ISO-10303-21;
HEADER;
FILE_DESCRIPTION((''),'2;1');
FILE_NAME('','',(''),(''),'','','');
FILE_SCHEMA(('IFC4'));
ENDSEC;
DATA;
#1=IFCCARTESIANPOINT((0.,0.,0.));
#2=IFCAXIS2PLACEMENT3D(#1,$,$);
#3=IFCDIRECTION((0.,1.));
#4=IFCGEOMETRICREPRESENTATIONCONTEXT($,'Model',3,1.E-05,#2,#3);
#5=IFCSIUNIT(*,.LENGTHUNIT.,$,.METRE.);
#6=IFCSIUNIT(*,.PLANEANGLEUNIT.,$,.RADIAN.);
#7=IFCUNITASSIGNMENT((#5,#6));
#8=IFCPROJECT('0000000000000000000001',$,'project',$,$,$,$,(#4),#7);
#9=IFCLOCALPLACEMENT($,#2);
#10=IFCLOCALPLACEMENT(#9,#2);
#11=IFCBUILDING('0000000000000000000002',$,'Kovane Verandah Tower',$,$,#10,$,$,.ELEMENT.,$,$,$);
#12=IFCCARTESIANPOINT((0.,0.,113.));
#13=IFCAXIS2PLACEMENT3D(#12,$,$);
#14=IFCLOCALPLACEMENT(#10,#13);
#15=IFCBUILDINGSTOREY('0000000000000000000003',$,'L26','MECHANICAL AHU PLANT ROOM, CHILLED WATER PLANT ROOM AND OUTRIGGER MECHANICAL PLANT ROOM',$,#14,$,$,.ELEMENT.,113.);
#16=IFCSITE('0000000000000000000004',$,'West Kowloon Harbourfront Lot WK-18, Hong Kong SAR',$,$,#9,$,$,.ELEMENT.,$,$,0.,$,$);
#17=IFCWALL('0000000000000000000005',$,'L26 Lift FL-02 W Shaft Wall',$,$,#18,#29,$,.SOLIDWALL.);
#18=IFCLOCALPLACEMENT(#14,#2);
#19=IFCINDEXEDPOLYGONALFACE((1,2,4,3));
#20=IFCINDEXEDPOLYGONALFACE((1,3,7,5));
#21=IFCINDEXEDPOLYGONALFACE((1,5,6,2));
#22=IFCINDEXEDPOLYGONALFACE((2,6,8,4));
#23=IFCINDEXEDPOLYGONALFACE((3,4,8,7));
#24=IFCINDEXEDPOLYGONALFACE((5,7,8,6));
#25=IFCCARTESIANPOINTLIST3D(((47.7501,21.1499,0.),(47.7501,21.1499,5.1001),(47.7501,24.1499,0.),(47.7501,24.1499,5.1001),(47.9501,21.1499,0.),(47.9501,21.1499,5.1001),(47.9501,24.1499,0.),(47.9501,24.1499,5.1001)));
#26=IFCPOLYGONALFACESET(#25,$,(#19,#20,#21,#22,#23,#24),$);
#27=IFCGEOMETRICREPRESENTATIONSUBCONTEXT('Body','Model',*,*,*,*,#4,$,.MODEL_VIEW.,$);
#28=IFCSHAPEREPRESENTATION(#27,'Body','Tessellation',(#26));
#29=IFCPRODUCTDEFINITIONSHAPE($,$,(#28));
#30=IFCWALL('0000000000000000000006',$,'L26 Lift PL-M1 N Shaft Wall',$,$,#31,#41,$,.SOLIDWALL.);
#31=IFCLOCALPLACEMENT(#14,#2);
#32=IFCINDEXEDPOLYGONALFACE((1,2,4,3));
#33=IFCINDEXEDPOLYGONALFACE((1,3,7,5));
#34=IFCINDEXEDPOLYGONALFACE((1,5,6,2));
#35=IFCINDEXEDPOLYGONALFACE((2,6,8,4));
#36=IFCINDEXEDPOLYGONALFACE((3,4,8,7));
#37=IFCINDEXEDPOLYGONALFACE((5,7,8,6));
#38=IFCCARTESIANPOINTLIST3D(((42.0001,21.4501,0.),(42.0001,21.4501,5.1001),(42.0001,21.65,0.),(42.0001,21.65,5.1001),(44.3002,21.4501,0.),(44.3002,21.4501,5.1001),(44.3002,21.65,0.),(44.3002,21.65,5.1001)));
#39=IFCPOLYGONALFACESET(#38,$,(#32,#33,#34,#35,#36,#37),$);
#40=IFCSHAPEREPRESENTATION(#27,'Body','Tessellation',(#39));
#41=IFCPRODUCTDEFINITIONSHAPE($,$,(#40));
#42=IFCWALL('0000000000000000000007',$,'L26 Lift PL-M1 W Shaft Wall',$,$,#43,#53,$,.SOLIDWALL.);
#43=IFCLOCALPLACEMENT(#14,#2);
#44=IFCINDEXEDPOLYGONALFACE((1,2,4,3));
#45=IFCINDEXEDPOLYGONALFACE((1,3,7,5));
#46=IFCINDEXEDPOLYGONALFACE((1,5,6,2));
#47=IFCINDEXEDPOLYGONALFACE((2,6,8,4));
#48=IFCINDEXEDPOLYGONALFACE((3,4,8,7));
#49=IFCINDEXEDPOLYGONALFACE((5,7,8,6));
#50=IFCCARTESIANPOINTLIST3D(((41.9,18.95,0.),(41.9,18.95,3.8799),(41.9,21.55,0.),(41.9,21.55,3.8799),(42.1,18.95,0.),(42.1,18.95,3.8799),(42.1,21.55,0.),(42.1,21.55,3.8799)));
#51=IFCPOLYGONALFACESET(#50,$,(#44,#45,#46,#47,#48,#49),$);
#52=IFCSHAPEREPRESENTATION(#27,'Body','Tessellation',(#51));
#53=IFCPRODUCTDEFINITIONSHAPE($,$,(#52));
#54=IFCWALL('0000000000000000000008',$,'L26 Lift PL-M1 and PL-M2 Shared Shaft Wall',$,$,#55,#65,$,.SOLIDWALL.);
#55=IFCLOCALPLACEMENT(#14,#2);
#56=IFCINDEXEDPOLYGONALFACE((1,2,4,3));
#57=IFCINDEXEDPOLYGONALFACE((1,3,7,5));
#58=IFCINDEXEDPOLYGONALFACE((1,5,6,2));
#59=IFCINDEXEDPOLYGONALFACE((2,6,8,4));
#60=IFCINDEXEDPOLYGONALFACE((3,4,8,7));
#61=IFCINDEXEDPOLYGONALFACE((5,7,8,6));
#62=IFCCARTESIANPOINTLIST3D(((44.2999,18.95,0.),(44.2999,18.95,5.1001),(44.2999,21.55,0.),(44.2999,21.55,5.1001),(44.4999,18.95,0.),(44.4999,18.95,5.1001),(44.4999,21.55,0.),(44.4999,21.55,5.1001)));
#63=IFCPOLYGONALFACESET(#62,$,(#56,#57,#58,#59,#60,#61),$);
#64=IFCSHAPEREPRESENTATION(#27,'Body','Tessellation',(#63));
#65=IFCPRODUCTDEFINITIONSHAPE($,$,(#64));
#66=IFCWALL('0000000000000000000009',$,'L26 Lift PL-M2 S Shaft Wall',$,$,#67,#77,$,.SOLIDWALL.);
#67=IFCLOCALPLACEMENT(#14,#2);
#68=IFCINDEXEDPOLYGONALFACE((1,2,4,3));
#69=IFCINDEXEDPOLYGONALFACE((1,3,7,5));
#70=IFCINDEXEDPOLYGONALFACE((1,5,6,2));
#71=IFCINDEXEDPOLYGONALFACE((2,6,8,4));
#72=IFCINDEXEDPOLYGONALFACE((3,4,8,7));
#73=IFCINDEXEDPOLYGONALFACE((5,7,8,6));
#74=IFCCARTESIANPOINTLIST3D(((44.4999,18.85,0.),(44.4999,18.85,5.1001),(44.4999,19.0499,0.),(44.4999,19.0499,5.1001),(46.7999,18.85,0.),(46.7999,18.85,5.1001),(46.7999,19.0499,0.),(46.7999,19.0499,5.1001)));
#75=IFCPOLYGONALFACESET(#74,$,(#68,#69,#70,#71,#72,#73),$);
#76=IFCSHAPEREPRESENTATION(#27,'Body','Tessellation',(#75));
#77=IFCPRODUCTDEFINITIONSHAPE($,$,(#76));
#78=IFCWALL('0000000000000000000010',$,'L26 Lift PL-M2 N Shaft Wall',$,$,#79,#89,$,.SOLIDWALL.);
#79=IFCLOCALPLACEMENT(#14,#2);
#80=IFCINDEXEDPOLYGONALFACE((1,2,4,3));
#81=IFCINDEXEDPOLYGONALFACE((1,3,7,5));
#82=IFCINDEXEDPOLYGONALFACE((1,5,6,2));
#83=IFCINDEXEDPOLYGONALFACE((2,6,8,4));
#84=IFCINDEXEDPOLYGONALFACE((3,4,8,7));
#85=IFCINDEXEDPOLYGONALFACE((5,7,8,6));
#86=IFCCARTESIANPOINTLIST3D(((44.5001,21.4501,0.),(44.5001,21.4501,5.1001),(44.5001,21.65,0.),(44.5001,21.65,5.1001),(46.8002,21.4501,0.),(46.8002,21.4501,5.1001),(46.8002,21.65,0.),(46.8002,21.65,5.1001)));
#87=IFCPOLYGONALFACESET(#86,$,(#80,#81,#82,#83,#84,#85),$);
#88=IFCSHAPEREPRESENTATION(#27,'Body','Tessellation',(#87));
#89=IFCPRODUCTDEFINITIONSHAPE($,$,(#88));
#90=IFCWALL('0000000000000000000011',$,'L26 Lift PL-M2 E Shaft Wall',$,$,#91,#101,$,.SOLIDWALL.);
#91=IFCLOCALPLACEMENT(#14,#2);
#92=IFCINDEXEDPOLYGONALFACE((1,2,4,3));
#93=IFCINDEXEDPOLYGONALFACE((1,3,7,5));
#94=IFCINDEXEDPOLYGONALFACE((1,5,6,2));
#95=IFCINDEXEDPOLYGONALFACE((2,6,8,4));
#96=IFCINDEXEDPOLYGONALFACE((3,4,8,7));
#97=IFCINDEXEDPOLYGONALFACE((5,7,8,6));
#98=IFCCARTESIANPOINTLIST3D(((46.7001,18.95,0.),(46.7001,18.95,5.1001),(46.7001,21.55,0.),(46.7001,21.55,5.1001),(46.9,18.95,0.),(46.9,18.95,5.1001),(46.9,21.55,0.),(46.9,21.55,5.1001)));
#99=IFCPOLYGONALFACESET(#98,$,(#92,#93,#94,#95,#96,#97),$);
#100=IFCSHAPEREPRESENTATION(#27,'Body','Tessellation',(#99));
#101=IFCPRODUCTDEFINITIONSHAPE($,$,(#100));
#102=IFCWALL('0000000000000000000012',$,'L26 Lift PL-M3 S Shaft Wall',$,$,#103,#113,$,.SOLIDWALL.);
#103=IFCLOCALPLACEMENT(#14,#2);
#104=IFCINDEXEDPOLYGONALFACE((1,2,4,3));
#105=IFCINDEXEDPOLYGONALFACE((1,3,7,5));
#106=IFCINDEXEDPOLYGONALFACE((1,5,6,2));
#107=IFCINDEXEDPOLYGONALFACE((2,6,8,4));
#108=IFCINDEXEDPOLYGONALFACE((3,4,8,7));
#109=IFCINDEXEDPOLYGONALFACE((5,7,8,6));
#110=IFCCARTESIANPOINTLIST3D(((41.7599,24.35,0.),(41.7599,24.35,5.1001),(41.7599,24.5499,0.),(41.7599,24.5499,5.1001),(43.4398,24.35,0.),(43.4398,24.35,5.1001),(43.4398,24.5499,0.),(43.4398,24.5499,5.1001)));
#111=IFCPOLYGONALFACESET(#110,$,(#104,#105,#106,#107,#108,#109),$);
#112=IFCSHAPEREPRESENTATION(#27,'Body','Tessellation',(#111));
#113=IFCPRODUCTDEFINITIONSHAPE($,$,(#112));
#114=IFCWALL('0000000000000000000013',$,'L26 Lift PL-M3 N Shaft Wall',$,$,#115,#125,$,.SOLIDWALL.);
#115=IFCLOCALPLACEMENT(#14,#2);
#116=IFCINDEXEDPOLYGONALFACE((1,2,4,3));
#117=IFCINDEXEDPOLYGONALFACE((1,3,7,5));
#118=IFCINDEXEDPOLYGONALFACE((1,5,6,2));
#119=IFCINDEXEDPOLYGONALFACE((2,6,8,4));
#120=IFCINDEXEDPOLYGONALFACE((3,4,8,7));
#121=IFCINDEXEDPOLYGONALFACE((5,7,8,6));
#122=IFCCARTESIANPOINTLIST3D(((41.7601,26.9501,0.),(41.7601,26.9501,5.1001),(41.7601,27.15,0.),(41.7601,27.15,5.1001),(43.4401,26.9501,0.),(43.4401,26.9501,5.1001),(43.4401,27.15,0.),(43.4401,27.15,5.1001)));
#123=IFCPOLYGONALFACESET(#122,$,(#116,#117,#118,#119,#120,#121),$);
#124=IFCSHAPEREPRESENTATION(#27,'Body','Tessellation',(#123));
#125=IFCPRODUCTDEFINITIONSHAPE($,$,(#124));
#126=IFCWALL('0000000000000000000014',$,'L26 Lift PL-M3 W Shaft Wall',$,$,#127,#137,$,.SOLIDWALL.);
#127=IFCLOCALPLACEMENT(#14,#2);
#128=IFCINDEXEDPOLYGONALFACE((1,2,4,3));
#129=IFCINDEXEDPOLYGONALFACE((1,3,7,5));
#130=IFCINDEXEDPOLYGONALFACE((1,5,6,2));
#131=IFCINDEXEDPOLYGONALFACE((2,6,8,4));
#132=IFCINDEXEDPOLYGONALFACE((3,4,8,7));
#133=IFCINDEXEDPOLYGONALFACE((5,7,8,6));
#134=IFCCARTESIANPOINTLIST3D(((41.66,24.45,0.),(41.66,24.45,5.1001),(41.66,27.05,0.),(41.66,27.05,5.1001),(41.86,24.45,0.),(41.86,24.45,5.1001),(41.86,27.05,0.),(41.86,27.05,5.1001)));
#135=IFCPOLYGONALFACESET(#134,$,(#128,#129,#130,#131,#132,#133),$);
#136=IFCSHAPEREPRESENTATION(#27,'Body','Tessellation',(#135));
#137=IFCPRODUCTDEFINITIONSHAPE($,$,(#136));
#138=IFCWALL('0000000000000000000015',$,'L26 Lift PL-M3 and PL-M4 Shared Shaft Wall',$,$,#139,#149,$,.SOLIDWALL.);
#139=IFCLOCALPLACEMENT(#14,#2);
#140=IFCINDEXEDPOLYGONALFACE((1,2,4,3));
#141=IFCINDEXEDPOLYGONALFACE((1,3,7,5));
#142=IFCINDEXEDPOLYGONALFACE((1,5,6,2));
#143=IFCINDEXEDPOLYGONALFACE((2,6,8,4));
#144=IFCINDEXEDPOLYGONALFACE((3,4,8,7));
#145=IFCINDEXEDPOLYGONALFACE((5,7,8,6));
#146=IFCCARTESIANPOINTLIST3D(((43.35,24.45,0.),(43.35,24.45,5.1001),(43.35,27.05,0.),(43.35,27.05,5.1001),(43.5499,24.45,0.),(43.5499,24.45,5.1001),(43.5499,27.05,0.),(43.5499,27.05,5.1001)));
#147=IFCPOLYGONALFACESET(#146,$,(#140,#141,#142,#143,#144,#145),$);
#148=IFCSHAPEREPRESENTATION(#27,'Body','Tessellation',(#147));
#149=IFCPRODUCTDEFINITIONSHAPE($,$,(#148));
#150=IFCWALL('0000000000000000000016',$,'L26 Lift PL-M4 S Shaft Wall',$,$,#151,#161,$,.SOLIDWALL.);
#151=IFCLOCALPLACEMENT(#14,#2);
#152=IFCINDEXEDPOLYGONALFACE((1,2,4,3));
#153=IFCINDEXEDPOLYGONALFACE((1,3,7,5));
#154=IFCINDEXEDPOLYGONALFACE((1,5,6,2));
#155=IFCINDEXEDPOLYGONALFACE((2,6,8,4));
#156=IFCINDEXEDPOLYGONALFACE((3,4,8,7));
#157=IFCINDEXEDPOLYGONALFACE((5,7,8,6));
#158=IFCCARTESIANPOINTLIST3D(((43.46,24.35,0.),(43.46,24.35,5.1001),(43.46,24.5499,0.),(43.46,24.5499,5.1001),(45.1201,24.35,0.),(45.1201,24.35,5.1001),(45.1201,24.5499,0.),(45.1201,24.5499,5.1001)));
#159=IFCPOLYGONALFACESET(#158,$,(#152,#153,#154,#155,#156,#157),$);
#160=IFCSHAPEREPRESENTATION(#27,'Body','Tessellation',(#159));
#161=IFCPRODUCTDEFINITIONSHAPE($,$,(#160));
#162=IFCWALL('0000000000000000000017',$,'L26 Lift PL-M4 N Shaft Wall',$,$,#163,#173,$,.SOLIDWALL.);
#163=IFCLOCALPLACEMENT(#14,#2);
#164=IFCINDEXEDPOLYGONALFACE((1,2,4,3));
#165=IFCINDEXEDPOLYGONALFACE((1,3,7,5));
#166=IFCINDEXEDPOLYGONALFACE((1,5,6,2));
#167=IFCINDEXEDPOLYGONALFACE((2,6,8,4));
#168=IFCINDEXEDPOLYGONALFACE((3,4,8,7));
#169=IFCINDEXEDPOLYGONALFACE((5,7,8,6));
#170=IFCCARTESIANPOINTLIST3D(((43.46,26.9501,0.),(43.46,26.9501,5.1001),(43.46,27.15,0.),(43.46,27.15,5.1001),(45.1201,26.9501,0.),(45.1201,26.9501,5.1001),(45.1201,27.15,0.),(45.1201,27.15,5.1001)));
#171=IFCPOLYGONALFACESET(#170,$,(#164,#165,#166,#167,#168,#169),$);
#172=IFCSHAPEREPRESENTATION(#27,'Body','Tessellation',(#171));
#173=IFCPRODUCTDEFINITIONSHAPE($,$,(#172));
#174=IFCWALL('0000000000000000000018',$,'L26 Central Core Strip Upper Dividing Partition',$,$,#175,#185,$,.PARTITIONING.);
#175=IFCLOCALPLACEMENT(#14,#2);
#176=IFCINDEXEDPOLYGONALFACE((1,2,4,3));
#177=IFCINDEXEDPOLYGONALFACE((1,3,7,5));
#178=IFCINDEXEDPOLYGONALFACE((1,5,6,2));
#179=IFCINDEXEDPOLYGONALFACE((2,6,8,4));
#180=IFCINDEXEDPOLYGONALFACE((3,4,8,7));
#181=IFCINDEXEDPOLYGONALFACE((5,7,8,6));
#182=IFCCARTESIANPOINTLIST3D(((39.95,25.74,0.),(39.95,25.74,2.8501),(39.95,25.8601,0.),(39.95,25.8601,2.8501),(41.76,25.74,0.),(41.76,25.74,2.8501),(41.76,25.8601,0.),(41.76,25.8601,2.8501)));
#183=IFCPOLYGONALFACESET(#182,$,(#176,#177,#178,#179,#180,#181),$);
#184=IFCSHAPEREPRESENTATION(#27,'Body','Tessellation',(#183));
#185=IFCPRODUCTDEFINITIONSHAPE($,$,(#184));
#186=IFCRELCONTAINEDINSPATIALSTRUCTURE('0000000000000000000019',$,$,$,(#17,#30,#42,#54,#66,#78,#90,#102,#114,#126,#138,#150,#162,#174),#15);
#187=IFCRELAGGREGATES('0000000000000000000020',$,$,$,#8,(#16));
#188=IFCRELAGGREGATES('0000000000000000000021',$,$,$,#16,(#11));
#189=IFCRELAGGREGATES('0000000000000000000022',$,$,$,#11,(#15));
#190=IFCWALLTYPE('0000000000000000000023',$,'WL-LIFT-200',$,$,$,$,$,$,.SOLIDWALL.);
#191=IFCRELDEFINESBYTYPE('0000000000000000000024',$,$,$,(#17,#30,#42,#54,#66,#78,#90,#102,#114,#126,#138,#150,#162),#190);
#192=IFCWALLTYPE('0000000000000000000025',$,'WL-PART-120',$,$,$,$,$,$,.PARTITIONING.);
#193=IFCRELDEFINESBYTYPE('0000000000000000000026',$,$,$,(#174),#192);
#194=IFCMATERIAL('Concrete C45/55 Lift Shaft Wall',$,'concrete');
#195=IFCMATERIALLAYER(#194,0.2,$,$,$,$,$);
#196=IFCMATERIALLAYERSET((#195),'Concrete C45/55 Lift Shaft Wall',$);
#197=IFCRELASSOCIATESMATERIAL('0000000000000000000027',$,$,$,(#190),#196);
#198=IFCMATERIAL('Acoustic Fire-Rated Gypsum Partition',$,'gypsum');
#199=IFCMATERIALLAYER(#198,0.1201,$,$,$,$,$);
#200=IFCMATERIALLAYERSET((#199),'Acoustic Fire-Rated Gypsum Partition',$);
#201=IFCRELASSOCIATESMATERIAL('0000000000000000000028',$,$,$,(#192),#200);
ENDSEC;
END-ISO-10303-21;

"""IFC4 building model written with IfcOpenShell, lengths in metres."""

from ifc_helpers import new_model, si_unit, direction, frame, frame_2d, origin, place, context, subcontext, project, spatial, rectangle, extrude, material, layer, layer_set, type_object, element, save


model = new_model("IFC4")

# Units and contexts
model_context = context("Model", 3, precision=1e-05, world=origin(), true_north=direction((0.0, 1.0)))
body_context = subcontext(model_context, "Body", "Model", "MODEL_VIEW")
ifc_project = project(units=[si_unit("LENGTHUNIT", "METRE"), si_unit("PLANEANGLEUNIT", "RADIAN")], contexts=[model_context])

# Site, building, storey
site_placement = place(None, origin())
site = spatial("IfcSite", under=ifc_project, at=site_placement, Name="West Kowloon Harbourfront Lot WK-18, Hong Kong SAR", CompositionType="ELEMENT", RefElevation=0.0)
building_placement = place(site_placement, origin())
building = spatial("IfcBuilding", under=site, at=building_placement, Name="Kovane Verandah Tower", CompositionType="ELEMENT")
storey_placement = place(building_placement, frame((0.0, 0.0, 113.0)))
storey = spatial("IfcBuildingStorey", under=building, at=storey_placement, Name="L26", Description="MECHANICAL AHU PLANT ROOM, CHILLED WATER PLANT ROOM AND OUTRIGGER MECHANICAL PLANT ROOM", CompositionType="ELEMENT", Elevation=113.0)

# Shared definitions
ifc_material_1 = material(Name="Concrete C45/55 Lift Shaft Wall", Category="concrete")
ifc_layer_1 = layer(ifc_material_1, 0.2)
ifc_layer_set_1 = layer_set([ifc_layer_1], Name="Concrete C45/55 Lift Shaft Wall")
wall_type_1 = type_object("IfcWallType", Name="WL-LIFT-200", PredefinedType="SOLIDWALL", material=ifc_layer_set_1)

# Walls
wall_1_placement = place(storey_placement, frame((47.8501, 24.1499, 0.0), z_axis=(0.0, 0.0, 1.0), x_axis=(0.0, -1.0, 0.0)))
element("IfcWall", 1, at=wall_1_placement, inside=storey, type_object=wall_type_1, Name="L26 Lift FL-02 W Shaft Wall", PredefinedType="SOLIDWALL", context=body_context, shape_type="SweptSolid", body=[
    extrude(rectangle(XDim=3.0, YDim=0.2, at=frame_2d((1.5, 0.0))), origin(), (0.0, 0.0, 1.0), 5.1001),
])
wall_2_placement = place(storey_placement, frame((44.3, 21.55, 0.0), z_axis=(0.0, 0.0, 1.0), x_axis=(-1.0, 0.0, 0.0)))
element("IfcWall", 2, at=wall_2_placement, inside=storey, type_object=wall_type_1, Name="L26 Lift PL-M1 N Shaft Wall", PredefinedType="SOLIDWALL", context=body_context, shape_type="SweptSolid", body=[
    extrude(rectangle(XDim=2.3, YDim=0.2, at=frame_2d((1.1499, 0.0))), origin(), (0.0, 0.0, 1.0), 5.1001),
])
wall_3_placement = place(storey_placement, frame((42.0, 21.55, 0.0), z_axis=(0.0, 0.0, 1.0), x_axis=(0.0, -1.0, 0.0)))
element("IfcWall", 3, at=wall_3_placement, inside=storey, type_object=wall_type_1, Name="L26 Lift PL-M1 W Shaft Wall", PredefinedType="SOLIDWALL", context=body_context, shape_type="SweptSolid", body=[
    extrude(rectangle(XDim=2.6001, YDim=0.2, at=frame_2d((1.3, 0.0))), origin(), (0.0, 0.0, 1.0), 3.8799),
])
wall_4_placement = place(storey_placement, frame((44.3999, 18.95, 0.0), z_axis=(0.0, 0.0, 1.0), x_axis=(0.0, 1.0, 0.0)))
element("IfcWall", 4, at=wall_4_placement, inside=storey, type_object=wall_type_1, Name="L26 Lift PL-M1 and PL-M2 Shared Shaft Wall", PredefinedType="SOLIDWALL", context=body_context, shape_type="SweptSolid", body=[
    extrude(rectangle(XDim=2.6001, YDim=0.2, at=frame_2d((1.3, 0.0))), origin(), (0.0, 0.0, 1.0), 5.1001),
])
for number, where, z_axis, x_axis, name in (
    (5, (44.5, 18.95, 0.0), (0.0, 0.0, 1.0), (1.0, 0.0, 0.0), "L26 Lift PL-M2 S Shaft Wall"),
    (6, (46.8, 21.55, 0.0), (0.0, 0.0, 1.0), (-1.0, 0.0, 0.0), "L26 Lift PL-M2 N Shaft Wall"),
):
    element("IfcWall", number, at=place(storey_placement, frame(where, z_axis=z_axis, x_axis=x_axis)), inside=storey, type_object=wall_type_1, Name=name, PredefinedType="SOLIDWALL", context=body_context, shape_type="SweptSolid", body=[
        extrude(rectangle(XDim=2.3, YDim=0.2, at=frame_2d((1.1499, 0.0))), origin(), (0.0, 0.0, 1.0), 5.1001),
    ])
wall_5_placement = place(storey_placement, frame((46.8, 18.95, 0.0), z_axis=(0.0, 0.0, 1.0), x_axis=(0.0, 1.0, 0.0)))
element("IfcWall", 7, at=wall_5_placement, inside=storey, type_object=wall_type_1, Name="L26 Lift PL-M2 E Shaft Wall", PredefinedType="SOLIDWALL", context=body_context, shape_type="SweptSolid", body=[
    extrude(rectangle(XDim=2.6001, YDim=0.2, at=frame_2d((1.3, 0.0))), origin(), (0.0, 0.0, 1.0), 5.1001),
])
for number, where, z_axis, x_axis, name in (
    (8, (41.76, 24.45, 0.0), (0.0, 0.0, 1.0), (1.0, 0.0, 0.0), "L26 Lift PL-M3 S Shaft Wall"),
    (9, (43.4399, 27.05, 0.0), (0.0, 0.0, 1.0), (-1.0, 0.0, 0.0), "L26 Lift PL-M3 N Shaft Wall"),
):
    element("IfcWall", number, at=place(storey_placement, frame(where, z_axis=z_axis, x_axis=x_axis)), inside=storey, type_object=wall_type_1, Name=name, PredefinedType="SOLIDWALL", context=body_context, shape_type="SweptSolid", body=[
        extrude(rectangle(XDim=1.6799, YDim=0.2, at=frame_2d((0.8398, 0.0))), origin(), (0.0, 0.0, 1.0), 5.1001),
    ])
for number, where, z_axis, x_axis, name in (
    (10, (41.76, 27.05, 0.0), (0.0, 0.0, 1.0), (0.0, -1.0, 0.0), "L26 Lift PL-M3 W Shaft Wall"),
    (11, (43.45, 24.45, 0.0), (0.0, 0.0, 1.0), (0.0, 1.0, 0.0), "L26 Lift PL-M3 and PL-M4 Shared Shaft Wall"),
):
    element("IfcWall", number, at=place(storey_placement, frame(where, z_axis=z_axis, x_axis=x_axis)), inside=storey, type_object=wall_type_1, Name=name, PredefinedType="SOLIDWALL", context=body_context, shape_type="SweptSolid", body=[
        extrude(rectangle(XDim=2.6001, YDim=0.2, at=frame_2d((1.3, 0.0))), origin(), (0.0, 0.0, 1.0), 5.1001),
    ])
for number, where, z_axis, x_axis, name in (
    (12, (43.46, 24.45, 0.0), (0.0, 0.0, 1.0), (1.0, 0.0, 0.0), "L26 Lift PL-M4 S Shaft Wall"),
    (13, (45.1201, 27.05, 0.0), (0.0, 0.0, 1.0), (-1.0, 0.0, 0.0), "L26 Lift PL-M4 N Shaft Wall"),
):
    element("IfcWall", number, at=place(storey_placement, frame(where, z_axis=z_axis, x_axis=x_axis)), inside=storey, type_object=wall_type_1, Name=name, PredefinedType="SOLIDWALL", context=body_context, shape_type="SweptSolid", body=[
        extrude(rectangle(XDim=1.6602, YDim=0.2, at=frame_2d((0.8301, 0.0))), origin(), (0.0, 0.0, 1.0), 5.1001),
    ])
ifc_material_2 = material(Name="Acoustic Fire-Rated Gypsum Partition", Category="gypsum")
ifc_layer_2 = layer(ifc_material_2, 0.1201)
ifc_layer_set_2 = layer_set([ifc_layer_2], Name="Acoustic Fire-Rated Gypsum Partition")
wall_type_2 = type_object("IfcWallType", Name="WL-PART-120", PredefinedType="PARTITIONING", material=ifc_layer_set_2)
wall_6_placement = place(storey_placement, frame((39.95, 25.8, 0.0), z_axis=(0.0, 0.0, 1.0), x_axis=(1.0, 0.0, 0.0)))
element("IfcWall", 14, at=wall_6_placement, inside=storey, type_object=wall_type_2, Name="L26 Central Core Strip Upper Dividing Partition", PredefinedType="PARTITIONING", context=body_context, shape_type="SweptSolid", body=[
    extrude(rectangle(XDim=1.8101, YDim=0.1201, at=frame_2d((0.905, 0.0))), origin(), (0.0, 0.0, 1.0), 2.8501),
])

save(model, "model.ifc")
